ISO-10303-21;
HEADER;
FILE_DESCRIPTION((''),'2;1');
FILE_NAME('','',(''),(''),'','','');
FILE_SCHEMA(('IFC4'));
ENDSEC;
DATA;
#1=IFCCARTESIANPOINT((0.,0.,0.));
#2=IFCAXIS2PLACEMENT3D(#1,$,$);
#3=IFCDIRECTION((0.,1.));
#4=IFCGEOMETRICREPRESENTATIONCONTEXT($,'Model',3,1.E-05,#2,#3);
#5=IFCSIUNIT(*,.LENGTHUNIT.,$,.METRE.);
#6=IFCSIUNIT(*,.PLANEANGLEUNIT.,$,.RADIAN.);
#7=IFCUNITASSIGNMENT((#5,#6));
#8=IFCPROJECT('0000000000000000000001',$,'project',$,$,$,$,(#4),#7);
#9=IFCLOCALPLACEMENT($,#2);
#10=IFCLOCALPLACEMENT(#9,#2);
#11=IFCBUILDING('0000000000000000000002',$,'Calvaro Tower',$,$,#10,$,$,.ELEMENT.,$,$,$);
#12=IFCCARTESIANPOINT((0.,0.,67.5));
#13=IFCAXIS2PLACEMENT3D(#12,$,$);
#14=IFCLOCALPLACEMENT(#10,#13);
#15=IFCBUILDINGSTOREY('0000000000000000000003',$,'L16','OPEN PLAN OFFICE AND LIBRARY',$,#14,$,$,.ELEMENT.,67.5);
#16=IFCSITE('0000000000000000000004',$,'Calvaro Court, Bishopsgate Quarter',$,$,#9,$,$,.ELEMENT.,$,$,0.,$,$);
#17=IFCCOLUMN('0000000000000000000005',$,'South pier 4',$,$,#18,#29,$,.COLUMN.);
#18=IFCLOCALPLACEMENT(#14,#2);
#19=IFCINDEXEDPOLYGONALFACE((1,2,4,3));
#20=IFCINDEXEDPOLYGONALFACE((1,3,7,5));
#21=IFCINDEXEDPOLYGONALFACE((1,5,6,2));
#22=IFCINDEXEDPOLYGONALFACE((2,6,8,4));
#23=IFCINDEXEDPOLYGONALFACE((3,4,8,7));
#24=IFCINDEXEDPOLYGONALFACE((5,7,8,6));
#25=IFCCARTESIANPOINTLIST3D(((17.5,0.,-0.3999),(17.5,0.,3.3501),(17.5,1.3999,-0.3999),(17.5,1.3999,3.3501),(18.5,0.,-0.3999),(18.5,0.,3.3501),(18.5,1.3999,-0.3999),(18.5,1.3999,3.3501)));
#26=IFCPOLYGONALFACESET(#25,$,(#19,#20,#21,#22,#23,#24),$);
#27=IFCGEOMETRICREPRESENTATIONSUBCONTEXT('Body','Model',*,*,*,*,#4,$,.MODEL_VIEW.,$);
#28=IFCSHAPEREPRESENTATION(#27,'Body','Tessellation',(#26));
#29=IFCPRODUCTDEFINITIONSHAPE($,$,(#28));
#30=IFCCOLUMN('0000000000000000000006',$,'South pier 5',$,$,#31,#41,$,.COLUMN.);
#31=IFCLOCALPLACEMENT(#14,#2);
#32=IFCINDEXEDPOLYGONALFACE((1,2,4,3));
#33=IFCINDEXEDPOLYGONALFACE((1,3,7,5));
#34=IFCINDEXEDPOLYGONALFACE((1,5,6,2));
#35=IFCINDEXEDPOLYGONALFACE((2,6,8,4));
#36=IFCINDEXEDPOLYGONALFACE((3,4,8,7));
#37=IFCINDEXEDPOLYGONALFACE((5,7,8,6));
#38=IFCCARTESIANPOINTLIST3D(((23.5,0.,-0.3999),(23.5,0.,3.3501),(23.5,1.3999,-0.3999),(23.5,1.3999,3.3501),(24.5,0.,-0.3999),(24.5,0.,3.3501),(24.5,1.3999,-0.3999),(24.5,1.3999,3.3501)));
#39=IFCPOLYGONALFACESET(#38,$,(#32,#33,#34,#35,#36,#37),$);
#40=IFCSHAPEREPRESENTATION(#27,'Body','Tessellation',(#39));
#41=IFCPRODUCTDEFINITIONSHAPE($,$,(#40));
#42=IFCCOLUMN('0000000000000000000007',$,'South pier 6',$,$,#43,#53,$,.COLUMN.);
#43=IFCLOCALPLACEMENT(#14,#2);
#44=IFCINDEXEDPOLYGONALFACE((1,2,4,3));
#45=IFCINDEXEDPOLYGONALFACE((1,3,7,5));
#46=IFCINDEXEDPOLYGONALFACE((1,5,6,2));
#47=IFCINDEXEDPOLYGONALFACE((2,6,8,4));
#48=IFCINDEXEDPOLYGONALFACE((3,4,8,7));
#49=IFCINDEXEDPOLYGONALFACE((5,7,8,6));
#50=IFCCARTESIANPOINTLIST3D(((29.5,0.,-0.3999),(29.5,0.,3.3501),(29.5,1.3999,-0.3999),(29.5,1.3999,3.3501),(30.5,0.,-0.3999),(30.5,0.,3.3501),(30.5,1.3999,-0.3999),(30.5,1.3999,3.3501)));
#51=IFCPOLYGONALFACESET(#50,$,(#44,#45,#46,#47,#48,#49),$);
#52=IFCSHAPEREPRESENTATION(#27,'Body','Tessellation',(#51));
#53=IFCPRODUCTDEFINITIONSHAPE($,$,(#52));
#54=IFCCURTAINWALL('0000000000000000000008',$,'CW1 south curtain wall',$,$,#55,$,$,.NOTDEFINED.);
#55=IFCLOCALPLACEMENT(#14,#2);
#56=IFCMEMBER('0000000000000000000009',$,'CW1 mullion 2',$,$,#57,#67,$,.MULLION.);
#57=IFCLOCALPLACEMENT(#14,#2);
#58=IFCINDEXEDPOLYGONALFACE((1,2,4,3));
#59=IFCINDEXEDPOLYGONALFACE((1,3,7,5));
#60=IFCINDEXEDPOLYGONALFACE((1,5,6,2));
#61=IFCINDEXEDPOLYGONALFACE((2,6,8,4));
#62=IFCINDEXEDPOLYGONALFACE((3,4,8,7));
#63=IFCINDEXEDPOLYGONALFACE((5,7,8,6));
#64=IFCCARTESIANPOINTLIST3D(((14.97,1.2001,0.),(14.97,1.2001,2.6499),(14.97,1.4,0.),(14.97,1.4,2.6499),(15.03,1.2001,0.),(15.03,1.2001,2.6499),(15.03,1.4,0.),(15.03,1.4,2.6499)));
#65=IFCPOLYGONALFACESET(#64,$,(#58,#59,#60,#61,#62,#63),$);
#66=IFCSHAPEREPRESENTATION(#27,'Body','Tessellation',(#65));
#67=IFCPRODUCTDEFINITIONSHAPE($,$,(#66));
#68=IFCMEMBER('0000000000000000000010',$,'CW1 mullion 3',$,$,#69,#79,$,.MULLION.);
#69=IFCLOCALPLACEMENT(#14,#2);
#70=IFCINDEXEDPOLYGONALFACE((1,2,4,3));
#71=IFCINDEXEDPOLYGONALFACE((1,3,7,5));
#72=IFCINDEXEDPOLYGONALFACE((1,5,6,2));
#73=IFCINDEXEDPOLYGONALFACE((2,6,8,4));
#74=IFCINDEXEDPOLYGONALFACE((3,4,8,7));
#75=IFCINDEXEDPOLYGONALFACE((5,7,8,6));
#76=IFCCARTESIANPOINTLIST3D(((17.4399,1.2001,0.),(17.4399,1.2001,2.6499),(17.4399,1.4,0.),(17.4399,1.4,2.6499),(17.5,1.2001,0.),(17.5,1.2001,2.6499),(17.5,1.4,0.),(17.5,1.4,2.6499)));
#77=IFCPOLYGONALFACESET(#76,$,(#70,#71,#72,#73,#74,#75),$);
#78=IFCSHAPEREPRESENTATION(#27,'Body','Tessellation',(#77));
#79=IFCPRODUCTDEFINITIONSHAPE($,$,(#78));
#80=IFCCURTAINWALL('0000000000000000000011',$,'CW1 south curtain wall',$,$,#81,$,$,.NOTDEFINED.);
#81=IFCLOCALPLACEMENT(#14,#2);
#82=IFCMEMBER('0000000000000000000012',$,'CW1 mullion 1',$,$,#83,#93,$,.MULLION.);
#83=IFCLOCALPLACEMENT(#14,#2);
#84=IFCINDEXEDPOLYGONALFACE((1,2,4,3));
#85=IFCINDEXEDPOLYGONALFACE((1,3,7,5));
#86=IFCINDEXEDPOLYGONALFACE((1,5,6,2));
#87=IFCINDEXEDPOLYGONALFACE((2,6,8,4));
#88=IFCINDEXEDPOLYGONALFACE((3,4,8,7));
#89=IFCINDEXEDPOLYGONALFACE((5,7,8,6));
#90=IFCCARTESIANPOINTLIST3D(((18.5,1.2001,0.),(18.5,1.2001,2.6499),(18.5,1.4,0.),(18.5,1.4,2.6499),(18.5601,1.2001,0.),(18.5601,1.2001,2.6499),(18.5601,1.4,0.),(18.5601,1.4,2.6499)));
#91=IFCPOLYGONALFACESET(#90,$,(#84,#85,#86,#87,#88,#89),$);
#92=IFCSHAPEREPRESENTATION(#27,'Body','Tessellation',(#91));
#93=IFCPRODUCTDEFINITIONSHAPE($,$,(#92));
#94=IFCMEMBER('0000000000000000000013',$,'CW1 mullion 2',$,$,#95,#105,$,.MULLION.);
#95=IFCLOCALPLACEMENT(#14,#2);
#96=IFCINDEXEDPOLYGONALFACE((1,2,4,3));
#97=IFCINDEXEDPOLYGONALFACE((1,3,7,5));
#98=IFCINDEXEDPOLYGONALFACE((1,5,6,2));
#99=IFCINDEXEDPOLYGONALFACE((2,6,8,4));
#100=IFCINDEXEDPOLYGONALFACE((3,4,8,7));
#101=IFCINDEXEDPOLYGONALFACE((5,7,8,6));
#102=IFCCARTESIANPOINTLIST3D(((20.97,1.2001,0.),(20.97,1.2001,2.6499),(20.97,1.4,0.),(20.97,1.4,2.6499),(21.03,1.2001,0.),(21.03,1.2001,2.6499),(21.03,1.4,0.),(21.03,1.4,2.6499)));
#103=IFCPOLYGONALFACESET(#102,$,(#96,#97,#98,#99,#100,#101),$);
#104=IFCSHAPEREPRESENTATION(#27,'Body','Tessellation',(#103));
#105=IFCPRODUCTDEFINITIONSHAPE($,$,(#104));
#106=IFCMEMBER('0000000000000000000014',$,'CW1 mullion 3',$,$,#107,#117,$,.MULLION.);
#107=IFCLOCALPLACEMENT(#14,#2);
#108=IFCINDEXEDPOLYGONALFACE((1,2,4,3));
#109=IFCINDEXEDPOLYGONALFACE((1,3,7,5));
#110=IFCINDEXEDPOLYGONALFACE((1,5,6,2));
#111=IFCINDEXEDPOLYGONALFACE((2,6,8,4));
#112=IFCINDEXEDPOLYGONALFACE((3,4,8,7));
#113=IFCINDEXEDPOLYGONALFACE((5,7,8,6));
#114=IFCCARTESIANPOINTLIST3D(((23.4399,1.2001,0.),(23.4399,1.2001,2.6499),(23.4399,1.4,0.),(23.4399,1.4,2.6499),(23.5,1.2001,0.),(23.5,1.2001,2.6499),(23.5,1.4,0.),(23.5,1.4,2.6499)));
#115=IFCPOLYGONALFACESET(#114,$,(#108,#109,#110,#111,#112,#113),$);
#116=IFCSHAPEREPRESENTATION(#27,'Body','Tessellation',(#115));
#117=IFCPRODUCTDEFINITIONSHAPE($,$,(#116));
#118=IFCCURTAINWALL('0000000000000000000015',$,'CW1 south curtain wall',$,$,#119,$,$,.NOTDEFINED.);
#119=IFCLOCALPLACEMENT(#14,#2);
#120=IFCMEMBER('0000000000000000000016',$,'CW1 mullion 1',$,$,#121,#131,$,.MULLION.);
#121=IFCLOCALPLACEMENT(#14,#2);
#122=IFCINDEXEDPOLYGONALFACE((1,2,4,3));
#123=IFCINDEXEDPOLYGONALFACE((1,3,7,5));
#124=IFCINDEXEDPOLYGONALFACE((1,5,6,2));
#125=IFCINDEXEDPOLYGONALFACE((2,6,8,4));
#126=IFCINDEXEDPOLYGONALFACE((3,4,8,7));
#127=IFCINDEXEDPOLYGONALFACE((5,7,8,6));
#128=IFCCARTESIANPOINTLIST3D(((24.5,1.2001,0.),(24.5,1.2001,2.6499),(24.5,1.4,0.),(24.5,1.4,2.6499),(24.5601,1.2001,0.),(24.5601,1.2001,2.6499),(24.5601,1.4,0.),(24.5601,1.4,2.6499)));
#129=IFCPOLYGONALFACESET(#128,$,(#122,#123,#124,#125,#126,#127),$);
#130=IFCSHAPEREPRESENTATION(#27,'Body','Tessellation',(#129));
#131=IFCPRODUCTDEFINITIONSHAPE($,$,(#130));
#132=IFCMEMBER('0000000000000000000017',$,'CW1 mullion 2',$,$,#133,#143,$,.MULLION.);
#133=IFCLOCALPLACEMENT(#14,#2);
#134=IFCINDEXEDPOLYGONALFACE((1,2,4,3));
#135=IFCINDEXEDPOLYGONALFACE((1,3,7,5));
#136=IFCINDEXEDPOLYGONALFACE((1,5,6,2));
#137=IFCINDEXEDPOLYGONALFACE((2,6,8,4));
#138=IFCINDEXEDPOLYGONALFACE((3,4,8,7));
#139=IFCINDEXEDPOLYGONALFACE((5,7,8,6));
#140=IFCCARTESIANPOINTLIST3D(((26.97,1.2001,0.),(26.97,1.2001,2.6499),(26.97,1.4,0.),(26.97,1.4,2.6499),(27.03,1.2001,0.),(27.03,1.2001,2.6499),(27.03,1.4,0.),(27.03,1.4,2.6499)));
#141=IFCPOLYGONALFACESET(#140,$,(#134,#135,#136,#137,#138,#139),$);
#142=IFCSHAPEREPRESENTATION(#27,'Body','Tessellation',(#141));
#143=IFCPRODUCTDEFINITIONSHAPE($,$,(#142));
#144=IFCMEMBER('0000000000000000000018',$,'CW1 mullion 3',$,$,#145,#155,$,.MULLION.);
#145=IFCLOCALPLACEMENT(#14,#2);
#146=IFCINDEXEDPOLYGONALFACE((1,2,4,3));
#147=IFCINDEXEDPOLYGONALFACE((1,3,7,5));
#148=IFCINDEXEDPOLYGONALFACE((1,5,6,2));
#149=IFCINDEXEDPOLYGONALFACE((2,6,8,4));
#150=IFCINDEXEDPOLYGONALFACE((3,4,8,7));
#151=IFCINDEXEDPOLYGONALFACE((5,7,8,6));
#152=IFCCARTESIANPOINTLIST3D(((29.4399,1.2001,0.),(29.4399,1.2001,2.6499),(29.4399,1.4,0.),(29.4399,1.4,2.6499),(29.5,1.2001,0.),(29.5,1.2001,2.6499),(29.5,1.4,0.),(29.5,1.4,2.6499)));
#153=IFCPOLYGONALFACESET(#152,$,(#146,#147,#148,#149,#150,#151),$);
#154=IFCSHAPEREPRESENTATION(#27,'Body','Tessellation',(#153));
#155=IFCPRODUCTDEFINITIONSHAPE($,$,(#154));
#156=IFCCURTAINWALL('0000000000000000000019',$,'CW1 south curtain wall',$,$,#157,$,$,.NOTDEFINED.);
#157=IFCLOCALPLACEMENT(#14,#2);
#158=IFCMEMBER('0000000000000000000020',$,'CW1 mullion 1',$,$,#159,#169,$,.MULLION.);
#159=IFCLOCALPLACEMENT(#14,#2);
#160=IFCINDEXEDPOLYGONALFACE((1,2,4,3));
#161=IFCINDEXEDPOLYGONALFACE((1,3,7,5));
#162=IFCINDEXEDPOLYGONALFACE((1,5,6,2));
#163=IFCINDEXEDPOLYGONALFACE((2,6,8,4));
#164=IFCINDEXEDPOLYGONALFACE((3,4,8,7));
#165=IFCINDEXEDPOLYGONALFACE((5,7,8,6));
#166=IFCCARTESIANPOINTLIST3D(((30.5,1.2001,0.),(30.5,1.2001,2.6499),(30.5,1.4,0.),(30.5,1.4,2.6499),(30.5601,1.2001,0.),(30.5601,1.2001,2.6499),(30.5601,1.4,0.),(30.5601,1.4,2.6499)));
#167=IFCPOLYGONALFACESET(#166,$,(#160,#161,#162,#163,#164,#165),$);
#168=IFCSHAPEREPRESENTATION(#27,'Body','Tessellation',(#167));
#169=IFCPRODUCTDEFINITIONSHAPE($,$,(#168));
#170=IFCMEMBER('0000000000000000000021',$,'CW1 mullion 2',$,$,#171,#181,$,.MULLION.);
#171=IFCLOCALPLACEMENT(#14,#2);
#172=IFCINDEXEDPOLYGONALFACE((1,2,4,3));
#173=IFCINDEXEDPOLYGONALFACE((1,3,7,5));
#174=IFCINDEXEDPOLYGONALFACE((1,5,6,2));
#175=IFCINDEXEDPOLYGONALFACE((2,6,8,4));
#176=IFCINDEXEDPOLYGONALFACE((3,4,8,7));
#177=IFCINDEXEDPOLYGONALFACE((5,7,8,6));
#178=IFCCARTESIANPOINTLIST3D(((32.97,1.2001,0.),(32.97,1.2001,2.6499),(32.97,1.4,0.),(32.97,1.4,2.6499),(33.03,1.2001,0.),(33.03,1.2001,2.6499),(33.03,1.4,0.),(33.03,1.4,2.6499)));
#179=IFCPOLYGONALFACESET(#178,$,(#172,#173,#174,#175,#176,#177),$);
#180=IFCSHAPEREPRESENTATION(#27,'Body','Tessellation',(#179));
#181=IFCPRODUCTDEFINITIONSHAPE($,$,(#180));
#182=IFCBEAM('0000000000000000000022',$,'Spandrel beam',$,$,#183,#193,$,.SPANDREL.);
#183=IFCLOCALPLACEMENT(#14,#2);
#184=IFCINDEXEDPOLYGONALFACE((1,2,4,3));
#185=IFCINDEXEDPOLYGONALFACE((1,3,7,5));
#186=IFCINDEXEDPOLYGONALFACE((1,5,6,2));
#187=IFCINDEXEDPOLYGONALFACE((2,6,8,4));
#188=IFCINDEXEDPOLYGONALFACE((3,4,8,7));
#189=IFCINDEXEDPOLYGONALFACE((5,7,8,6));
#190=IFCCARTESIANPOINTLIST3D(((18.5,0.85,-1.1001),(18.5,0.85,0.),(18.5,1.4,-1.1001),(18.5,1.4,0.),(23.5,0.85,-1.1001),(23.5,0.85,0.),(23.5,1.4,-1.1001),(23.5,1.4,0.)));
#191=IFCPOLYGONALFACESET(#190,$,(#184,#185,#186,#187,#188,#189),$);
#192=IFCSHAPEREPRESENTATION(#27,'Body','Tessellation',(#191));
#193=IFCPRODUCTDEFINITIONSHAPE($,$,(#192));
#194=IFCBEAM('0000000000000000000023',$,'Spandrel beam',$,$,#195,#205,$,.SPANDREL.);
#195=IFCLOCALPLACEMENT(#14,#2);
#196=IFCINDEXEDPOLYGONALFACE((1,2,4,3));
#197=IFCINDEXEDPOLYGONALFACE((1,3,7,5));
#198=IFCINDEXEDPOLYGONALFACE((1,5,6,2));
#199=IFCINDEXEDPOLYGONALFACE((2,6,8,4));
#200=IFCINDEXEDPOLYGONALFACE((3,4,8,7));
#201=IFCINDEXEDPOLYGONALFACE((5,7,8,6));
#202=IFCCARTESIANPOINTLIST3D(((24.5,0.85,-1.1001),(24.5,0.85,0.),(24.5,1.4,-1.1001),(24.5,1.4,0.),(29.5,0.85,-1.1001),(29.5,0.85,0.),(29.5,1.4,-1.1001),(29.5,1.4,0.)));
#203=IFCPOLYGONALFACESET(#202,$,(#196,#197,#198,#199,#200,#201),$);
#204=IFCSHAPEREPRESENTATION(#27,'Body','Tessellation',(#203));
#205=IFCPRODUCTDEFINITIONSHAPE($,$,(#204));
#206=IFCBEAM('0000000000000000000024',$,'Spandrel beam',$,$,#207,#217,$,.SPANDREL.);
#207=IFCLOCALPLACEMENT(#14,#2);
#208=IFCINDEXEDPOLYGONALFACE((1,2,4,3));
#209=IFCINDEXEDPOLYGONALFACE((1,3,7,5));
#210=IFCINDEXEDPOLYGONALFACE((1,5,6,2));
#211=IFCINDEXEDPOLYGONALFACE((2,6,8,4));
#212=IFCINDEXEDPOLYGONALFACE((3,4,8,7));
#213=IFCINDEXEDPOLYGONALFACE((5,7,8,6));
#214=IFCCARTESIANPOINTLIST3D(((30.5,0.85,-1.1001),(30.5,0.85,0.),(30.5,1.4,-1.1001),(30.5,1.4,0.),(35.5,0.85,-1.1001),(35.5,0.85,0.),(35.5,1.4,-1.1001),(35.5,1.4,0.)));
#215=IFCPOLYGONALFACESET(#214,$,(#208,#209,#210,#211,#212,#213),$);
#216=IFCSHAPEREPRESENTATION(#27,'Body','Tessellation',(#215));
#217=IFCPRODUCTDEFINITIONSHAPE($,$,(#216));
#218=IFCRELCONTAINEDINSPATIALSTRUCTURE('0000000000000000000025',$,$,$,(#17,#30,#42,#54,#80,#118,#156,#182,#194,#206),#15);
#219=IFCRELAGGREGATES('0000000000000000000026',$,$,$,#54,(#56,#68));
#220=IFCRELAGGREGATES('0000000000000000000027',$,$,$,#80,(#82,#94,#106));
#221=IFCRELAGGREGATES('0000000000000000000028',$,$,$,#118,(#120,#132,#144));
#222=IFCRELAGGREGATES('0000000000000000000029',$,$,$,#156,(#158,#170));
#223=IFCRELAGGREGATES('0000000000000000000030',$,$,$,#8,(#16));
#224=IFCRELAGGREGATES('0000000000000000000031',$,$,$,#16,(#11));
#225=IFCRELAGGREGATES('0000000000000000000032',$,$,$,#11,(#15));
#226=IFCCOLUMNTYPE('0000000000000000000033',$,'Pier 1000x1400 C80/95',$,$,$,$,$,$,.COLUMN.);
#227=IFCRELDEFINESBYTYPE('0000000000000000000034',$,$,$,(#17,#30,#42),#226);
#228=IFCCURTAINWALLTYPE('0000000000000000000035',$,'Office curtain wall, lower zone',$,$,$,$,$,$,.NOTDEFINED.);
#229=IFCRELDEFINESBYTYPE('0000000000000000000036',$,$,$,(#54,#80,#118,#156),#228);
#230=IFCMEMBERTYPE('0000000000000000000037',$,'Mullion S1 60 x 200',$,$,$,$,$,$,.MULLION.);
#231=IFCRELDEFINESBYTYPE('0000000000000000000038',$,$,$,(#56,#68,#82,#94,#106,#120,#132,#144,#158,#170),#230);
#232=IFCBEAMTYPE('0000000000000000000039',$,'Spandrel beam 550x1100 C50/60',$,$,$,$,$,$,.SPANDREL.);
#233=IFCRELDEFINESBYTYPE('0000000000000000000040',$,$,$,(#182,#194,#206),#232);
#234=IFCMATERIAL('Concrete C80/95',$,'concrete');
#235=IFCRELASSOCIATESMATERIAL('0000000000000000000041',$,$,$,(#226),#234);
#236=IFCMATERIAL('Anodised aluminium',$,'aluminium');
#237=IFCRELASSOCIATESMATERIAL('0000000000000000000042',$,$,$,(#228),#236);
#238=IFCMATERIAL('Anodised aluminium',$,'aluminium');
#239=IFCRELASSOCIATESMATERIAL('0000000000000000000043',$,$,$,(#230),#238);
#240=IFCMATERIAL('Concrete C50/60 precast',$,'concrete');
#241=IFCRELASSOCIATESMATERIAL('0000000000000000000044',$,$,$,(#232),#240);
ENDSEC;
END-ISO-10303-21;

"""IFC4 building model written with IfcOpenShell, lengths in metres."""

from ifc_helpers import new_model, si_unit, direction, frame, origin, origin_2d, place, context, subcontext, project, spatial, rectangle, extrude, material, material_profile, profile_set, type_object, element, aggregate, save


model = new_model("IFC4")

# Units and contexts
model_context = context("Model", 3, precision=1e-05, world=origin(), true_north=direction((0.0, 1.0)))
body_context = subcontext(model_context, "Body", "Model", "MODEL_VIEW")
ifc_project = project(units=[si_unit("LENGTHUNIT", "METRE"), si_unit("PLANEANGLEUNIT", "RADIAN")], contexts=[model_context])

# Site, building, storey
site_placement = place(None, origin())
site = spatial("IfcSite", under=ifc_project, at=site_placement, Name="Calvaro Court, Bishopsgate Quarter", CompositionType="ELEMENT", RefElevation=0.0)
building_placement = place(site_placement, origin())
building = spatial("IfcBuilding", under=site, at=building_placement, Name="Calvaro Tower", CompositionType="ELEMENT")
storey_placement = place(building_placement, frame((0.0, 0.0, 67.5)))
storey = spatial("IfcBuildingStorey", under=building, at=storey_placement, Name="L16", Description="OPEN PLAN OFFICE AND LIBRARY", CompositionType="ELEMENT", Elevation=67.5)

# Columns
ifc_material_1 = material(Name="Concrete C80/95", Category="concrete")
ifc_material_profile_1 = material_profile(ifc_material_1, rectangle(XDim=1.0, YDim=1.3999, at=origin_2d()), Name="RC 1000x1400")
ifc_profile_set_1 = profile_set([ifc_material_profile_1], Name="Concrete C80/95")
column_type = type_object("IfcColumnType", Name="Pier 1000x1400 C80/95", PredefinedType="COLUMN", material=ifc_profile_set_1)
for number, where, z_axis, x_axis, name in (
    (1, (18.0, 0.7, -0.3999), (0.0, 0.0, 1.0), (1.0, 0.0, 0.0), "South pier 4"),
    (2, (24.0, 0.7, -0.3999), (0.0, 0.0, 1.0), (1.0, 0.0, 0.0), "South pier 5"),
    (3, (30.0, 0.7, -0.3999), (0.0, 0.0, 1.0), (1.0, 0.0, 0.0), "South pier 6"),
):
    element("IfcColumn", number, at=place(storey_placement, frame(where, z_axis=z_axis, x_axis=x_axis)), inside=storey, type_object=column_type, Name=name, PredefinedType="COLUMN", context=body_context, shape_type="SweptSolid", body=[
        extrude(rectangle(XDim=1.0, YDim=1.3999, at=origin_2d()), origin(), (0.0, 0.0, 1.0), 3.75),
    ])

# Curtain walls, members
ifc_material_2 = material(Name="Anodised aluminium", Category="aluminium")
curtain_wall_type = type_object("IfcCurtainWallType", Name="Office curtain wall, lower zone", PredefinedType="NOTDEFINED", material=ifc_material_2)
curtain_wall_1_placement = place(storey_placement, origin())
curtain_wall_1 = element("IfcCurtainWall", 4, at=curtain_wall_1_placement, inside=storey, type_object=curtain_wall_type, Name="CW1 south curtain wall", PredefinedType="NOTDEFINED")
ifc_material_3 = material(Name="Anodised aluminium", Category="aluminium")
ifc_material_profile_2 = material_profile(ifc_material_3, rectangle(XDim=0.2, YDim=0.0601, at=origin_2d()), Name="Mullion S1 60 x 200")
ifc_profile_set_2 = profile_set([ifc_material_profile_2], Name="Anodised aluminium")
member_type_1 = type_object("IfcMemberType", Name="Mullion S1 60 x 200", PredefinedType="MULLION", material=ifc_profile_set_2)
member_1_placement = place(storey_placement, frame((15.0, 1.3, 0.0), z_axis=(0.0, 0.0, 1.0), x_axis=(0.0, 1.0, 0.0)))
member_1 = element("IfcMember", 5, at=member_1_placement, type_object=member_type_1, Name="CW1 mullion 2", PredefinedType="MULLION", context=body_context, shape_type="SweptSolid", body=[
    extrude(rectangle(XDim=0.2, YDim=0.0601, at=origin_2d()), origin(), (0.0, 0.0, 1.0), 2.6499),
])
member_2_placement = place(storey_placement, frame((17.47, 1.3, 0.0), z_axis=(0.0, 0.0, 1.0), x_axis=(0.0, 1.0, 0.0)))
member_2 = element("IfcMember", 6, at=member_2_placement, type_object=member_type_1, Name="CW1 mullion 3", PredefinedType="MULLION", context=body_context, shape_type="SweptSolid", body=[
    extrude(rectangle(XDim=0.2, YDim=0.0601, at=origin_2d()), origin(), (0.0, 0.0, 1.0), 2.6499),
])
curtain_wall_2_placement = place(storey_placement, origin())
curtain_wall_2 = element("IfcCurtainWall", 7, at=curtain_wall_2_placement, inside=storey, type_object=curtain_wall_type, Name="CW1 south curtain wall", PredefinedType="NOTDEFINED")
member_3_placement = place(storey_placement, frame((18.53, 1.3, 0.0), z_axis=(0.0, 0.0, 1.0), x_axis=(0.0, 1.0, 0.0)))
member_3 = element("IfcMember", 8, at=member_3_placement, type_object=member_type_1, Name="CW1 mullion 1", PredefinedType="MULLION", context=body_context, shape_type="SweptSolid", body=[
    extrude(rectangle(XDim=0.2, YDim=0.0601, at=origin_2d()), origin(), (0.0, 0.0, 1.0), 2.6499),
])
member_4_placement = place(storey_placement, frame((21.0, 1.3, 0.0), z_axis=(0.0, 0.0, 1.0), x_axis=(0.0, 1.0, 0.0)))
member_4 = element("IfcMember", 9, at=member_4_placement, type_object=member_type_1, Name="CW1 mullion 2", PredefinedType="MULLION", context=body_context, shape_type="SweptSolid", body=[
    extrude(rectangle(XDim=0.2, YDim=0.0601, at=origin_2d()), origin(), (0.0, 0.0, 1.0), 2.6499),
])
member_5_placement = place(storey_placement, frame((23.47, 1.3, 0.0), z_axis=(0.0, 0.0, 1.0), x_axis=(0.0, 1.0, 0.0)))
member_5 = element("IfcMember", 10, at=member_5_placement, type_object=member_type_1, Name="CW1 mullion 3", PredefinedType="MULLION", context=body_context, shape_type="SweptSolid", body=[
    extrude(rectangle(XDim=0.2, YDim=0.0601, at=origin_2d()), origin(), (0.0, 0.0, 1.0), 2.6499),
])
curtain_wall_3_placement = place(storey_placement, origin())
curtain_wall_3 = element("IfcCurtainWall", 11, at=curtain_wall_3_placement, inside=storey, type_object=curtain_wall_type, Name="CW1 south curtain wall", PredefinedType="NOTDEFINED")
member_6_placement = place(storey_placement, frame((24.53, 1.3, 0.0), z_axis=(0.0, 0.0, 1.0), x_axis=(0.0, 1.0, 0.0)))
member_6 = element("IfcMember", 12, at=member_6_placement, type_object=member_type_1, Name="CW1 mullion 1", PredefinedType="MULLION", context=body_context, shape_type="SweptSolid", body=[
    extrude(rectangle(XDim=0.2, YDim=0.0601, at=origin_2d()), origin(), (0.0, 0.0, 1.0), 2.6499),
])
member_7_placement = place(storey_placement, frame((27.0, 1.3, 0.0), z_axis=(0.0, 0.0, 1.0), x_axis=(0.0, 1.0, 0.0)))
member_7 = element("IfcMember", 13, at=member_7_placement, type_object=member_type_1, Name="CW1 mullion 2", PredefinedType="MULLION", context=body_context, shape_type="SweptSolid", body=[
    extrude(rectangle(XDim=0.2, YDim=0.0601, at=origin_2d()), origin(), (0.0, 0.0, 1.0), 2.6499),
])
member_8_placement = place(storey_placement, frame((29.47, 1.3, 0.0), z_axis=(0.0, 0.0, 1.0), x_axis=(0.0, 1.0, 0.0)))
member_8 = element("IfcMember", 14, at=member_8_placement, type_object=member_type_1, Name="CW1 mullion 3", PredefinedType="MULLION", context=body_context, shape_type="SweptSolid", body=[
    extrude(rectangle(XDim=0.2, YDim=0.0601, at=origin_2d()), origin(), (0.0, 0.0, 1.0), 2.6499),
])
curtain_wall_4_placement = place(storey_placement, origin())
curtain_wall_4 = element("IfcCurtainWall", 15, at=curtain_wall_4_placement, inside=storey, type_object=curtain_wall_type, Name="CW1 south curtain wall", PredefinedType="NOTDEFINED")
member_9_placement = place(storey_placement, frame((30.53, 1.3, 0.0), z_axis=(0.0, 0.0, 1.0), x_axis=(0.0, 1.0, 0.0)))
member_9 = element("IfcMember", 16, at=member_9_placement, type_object=member_type_1, Name="CW1 mullion 1", PredefinedType="MULLION", context=body_context, shape_type="SweptSolid", body=[
    extrude(rectangle(XDim=0.2, YDim=0.0601, at=origin_2d()), origin(), (0.0, 0.0, 1.0), 2.6499),
])
member_10_placement = place(storey_placement, frame((33.0, 1.3, 0.0), z_axis=(0.0, 0.0, 1.0), x_axis=(0.0, 1.0, 0.0)))
member_10 = element("IfcMember", 17, at=member_10_placement, type_object=member_type_1, Name="CW1 mullion 2", PredefinedType="MULLION", context=body_context, shape_type="SweptSolid", body=[
    extrude(rectangle(XDim=0.2, YDim=0.0601, at=origin_2d()), origin(), (0.0, 0.0, 1.0), 2.6499),
])

# Beams
ifc_material_4 = material(Name="Concrete C50/60 precast", Category="concrete")
ifc_material_profile_3 = material_profile(ifc_material_4, rectangle(XDim=0.55, YDim=1.1001, at=origin_2d()), Name="RC 550x1100")
ifc_profile_set_3 = profile_set([ifc_material_profile_3], Name="Concrete C50/60 precast")
beam_type = type_object("IfcBeamType", Name="Spandrel beam 550x1100 C50/60", PredefinedType="SPANDREL", material=ifc_profile_set_3)
for number, where, z_axis, x_axis, name in (
    (18, (18.5, 1.125, -0.55), (1.0, 0.0, 0.0), (0.0, 1.0, 0.0), "Spandrel beam"),
    (19, (24.5, 1.125, -0.55), (1.0, 0.0, 0.0), (0.0, 1.0, 0.0), "Spandrel beam"),
    (20, (30.5, 1.125, -0.55), (1.0, 0.0, 0.0), (0.0, 1.0, 0.0), "Spandrel beam"),
):
    element("IfcBeam", number, at=place(storey_placement, frame(where, z_axis=z_axis, x_axis=x_axis)), inside=storey, type_object=beam_type, Name=name, PredefinedType="SPANDREL", context=body_context, shape_type="SweptSolid", body=[
        extrude(rectangle(XDim=0.55, YDim=1.1001, at=origin_2d()), origin(), (0.0, 0.0, 1.0), 5.0),
    ])

aggregate(curtain_wall_1, [member_1, member_2])
aggregate(curtain_wall_2, [member_3, member_4, member_5])
aggregate(curtain_wall_3, [member_6, member_7, member_8])
aggregate(curtain_wall_4, [member_9, member_10])

save(model, "model.ifc")
